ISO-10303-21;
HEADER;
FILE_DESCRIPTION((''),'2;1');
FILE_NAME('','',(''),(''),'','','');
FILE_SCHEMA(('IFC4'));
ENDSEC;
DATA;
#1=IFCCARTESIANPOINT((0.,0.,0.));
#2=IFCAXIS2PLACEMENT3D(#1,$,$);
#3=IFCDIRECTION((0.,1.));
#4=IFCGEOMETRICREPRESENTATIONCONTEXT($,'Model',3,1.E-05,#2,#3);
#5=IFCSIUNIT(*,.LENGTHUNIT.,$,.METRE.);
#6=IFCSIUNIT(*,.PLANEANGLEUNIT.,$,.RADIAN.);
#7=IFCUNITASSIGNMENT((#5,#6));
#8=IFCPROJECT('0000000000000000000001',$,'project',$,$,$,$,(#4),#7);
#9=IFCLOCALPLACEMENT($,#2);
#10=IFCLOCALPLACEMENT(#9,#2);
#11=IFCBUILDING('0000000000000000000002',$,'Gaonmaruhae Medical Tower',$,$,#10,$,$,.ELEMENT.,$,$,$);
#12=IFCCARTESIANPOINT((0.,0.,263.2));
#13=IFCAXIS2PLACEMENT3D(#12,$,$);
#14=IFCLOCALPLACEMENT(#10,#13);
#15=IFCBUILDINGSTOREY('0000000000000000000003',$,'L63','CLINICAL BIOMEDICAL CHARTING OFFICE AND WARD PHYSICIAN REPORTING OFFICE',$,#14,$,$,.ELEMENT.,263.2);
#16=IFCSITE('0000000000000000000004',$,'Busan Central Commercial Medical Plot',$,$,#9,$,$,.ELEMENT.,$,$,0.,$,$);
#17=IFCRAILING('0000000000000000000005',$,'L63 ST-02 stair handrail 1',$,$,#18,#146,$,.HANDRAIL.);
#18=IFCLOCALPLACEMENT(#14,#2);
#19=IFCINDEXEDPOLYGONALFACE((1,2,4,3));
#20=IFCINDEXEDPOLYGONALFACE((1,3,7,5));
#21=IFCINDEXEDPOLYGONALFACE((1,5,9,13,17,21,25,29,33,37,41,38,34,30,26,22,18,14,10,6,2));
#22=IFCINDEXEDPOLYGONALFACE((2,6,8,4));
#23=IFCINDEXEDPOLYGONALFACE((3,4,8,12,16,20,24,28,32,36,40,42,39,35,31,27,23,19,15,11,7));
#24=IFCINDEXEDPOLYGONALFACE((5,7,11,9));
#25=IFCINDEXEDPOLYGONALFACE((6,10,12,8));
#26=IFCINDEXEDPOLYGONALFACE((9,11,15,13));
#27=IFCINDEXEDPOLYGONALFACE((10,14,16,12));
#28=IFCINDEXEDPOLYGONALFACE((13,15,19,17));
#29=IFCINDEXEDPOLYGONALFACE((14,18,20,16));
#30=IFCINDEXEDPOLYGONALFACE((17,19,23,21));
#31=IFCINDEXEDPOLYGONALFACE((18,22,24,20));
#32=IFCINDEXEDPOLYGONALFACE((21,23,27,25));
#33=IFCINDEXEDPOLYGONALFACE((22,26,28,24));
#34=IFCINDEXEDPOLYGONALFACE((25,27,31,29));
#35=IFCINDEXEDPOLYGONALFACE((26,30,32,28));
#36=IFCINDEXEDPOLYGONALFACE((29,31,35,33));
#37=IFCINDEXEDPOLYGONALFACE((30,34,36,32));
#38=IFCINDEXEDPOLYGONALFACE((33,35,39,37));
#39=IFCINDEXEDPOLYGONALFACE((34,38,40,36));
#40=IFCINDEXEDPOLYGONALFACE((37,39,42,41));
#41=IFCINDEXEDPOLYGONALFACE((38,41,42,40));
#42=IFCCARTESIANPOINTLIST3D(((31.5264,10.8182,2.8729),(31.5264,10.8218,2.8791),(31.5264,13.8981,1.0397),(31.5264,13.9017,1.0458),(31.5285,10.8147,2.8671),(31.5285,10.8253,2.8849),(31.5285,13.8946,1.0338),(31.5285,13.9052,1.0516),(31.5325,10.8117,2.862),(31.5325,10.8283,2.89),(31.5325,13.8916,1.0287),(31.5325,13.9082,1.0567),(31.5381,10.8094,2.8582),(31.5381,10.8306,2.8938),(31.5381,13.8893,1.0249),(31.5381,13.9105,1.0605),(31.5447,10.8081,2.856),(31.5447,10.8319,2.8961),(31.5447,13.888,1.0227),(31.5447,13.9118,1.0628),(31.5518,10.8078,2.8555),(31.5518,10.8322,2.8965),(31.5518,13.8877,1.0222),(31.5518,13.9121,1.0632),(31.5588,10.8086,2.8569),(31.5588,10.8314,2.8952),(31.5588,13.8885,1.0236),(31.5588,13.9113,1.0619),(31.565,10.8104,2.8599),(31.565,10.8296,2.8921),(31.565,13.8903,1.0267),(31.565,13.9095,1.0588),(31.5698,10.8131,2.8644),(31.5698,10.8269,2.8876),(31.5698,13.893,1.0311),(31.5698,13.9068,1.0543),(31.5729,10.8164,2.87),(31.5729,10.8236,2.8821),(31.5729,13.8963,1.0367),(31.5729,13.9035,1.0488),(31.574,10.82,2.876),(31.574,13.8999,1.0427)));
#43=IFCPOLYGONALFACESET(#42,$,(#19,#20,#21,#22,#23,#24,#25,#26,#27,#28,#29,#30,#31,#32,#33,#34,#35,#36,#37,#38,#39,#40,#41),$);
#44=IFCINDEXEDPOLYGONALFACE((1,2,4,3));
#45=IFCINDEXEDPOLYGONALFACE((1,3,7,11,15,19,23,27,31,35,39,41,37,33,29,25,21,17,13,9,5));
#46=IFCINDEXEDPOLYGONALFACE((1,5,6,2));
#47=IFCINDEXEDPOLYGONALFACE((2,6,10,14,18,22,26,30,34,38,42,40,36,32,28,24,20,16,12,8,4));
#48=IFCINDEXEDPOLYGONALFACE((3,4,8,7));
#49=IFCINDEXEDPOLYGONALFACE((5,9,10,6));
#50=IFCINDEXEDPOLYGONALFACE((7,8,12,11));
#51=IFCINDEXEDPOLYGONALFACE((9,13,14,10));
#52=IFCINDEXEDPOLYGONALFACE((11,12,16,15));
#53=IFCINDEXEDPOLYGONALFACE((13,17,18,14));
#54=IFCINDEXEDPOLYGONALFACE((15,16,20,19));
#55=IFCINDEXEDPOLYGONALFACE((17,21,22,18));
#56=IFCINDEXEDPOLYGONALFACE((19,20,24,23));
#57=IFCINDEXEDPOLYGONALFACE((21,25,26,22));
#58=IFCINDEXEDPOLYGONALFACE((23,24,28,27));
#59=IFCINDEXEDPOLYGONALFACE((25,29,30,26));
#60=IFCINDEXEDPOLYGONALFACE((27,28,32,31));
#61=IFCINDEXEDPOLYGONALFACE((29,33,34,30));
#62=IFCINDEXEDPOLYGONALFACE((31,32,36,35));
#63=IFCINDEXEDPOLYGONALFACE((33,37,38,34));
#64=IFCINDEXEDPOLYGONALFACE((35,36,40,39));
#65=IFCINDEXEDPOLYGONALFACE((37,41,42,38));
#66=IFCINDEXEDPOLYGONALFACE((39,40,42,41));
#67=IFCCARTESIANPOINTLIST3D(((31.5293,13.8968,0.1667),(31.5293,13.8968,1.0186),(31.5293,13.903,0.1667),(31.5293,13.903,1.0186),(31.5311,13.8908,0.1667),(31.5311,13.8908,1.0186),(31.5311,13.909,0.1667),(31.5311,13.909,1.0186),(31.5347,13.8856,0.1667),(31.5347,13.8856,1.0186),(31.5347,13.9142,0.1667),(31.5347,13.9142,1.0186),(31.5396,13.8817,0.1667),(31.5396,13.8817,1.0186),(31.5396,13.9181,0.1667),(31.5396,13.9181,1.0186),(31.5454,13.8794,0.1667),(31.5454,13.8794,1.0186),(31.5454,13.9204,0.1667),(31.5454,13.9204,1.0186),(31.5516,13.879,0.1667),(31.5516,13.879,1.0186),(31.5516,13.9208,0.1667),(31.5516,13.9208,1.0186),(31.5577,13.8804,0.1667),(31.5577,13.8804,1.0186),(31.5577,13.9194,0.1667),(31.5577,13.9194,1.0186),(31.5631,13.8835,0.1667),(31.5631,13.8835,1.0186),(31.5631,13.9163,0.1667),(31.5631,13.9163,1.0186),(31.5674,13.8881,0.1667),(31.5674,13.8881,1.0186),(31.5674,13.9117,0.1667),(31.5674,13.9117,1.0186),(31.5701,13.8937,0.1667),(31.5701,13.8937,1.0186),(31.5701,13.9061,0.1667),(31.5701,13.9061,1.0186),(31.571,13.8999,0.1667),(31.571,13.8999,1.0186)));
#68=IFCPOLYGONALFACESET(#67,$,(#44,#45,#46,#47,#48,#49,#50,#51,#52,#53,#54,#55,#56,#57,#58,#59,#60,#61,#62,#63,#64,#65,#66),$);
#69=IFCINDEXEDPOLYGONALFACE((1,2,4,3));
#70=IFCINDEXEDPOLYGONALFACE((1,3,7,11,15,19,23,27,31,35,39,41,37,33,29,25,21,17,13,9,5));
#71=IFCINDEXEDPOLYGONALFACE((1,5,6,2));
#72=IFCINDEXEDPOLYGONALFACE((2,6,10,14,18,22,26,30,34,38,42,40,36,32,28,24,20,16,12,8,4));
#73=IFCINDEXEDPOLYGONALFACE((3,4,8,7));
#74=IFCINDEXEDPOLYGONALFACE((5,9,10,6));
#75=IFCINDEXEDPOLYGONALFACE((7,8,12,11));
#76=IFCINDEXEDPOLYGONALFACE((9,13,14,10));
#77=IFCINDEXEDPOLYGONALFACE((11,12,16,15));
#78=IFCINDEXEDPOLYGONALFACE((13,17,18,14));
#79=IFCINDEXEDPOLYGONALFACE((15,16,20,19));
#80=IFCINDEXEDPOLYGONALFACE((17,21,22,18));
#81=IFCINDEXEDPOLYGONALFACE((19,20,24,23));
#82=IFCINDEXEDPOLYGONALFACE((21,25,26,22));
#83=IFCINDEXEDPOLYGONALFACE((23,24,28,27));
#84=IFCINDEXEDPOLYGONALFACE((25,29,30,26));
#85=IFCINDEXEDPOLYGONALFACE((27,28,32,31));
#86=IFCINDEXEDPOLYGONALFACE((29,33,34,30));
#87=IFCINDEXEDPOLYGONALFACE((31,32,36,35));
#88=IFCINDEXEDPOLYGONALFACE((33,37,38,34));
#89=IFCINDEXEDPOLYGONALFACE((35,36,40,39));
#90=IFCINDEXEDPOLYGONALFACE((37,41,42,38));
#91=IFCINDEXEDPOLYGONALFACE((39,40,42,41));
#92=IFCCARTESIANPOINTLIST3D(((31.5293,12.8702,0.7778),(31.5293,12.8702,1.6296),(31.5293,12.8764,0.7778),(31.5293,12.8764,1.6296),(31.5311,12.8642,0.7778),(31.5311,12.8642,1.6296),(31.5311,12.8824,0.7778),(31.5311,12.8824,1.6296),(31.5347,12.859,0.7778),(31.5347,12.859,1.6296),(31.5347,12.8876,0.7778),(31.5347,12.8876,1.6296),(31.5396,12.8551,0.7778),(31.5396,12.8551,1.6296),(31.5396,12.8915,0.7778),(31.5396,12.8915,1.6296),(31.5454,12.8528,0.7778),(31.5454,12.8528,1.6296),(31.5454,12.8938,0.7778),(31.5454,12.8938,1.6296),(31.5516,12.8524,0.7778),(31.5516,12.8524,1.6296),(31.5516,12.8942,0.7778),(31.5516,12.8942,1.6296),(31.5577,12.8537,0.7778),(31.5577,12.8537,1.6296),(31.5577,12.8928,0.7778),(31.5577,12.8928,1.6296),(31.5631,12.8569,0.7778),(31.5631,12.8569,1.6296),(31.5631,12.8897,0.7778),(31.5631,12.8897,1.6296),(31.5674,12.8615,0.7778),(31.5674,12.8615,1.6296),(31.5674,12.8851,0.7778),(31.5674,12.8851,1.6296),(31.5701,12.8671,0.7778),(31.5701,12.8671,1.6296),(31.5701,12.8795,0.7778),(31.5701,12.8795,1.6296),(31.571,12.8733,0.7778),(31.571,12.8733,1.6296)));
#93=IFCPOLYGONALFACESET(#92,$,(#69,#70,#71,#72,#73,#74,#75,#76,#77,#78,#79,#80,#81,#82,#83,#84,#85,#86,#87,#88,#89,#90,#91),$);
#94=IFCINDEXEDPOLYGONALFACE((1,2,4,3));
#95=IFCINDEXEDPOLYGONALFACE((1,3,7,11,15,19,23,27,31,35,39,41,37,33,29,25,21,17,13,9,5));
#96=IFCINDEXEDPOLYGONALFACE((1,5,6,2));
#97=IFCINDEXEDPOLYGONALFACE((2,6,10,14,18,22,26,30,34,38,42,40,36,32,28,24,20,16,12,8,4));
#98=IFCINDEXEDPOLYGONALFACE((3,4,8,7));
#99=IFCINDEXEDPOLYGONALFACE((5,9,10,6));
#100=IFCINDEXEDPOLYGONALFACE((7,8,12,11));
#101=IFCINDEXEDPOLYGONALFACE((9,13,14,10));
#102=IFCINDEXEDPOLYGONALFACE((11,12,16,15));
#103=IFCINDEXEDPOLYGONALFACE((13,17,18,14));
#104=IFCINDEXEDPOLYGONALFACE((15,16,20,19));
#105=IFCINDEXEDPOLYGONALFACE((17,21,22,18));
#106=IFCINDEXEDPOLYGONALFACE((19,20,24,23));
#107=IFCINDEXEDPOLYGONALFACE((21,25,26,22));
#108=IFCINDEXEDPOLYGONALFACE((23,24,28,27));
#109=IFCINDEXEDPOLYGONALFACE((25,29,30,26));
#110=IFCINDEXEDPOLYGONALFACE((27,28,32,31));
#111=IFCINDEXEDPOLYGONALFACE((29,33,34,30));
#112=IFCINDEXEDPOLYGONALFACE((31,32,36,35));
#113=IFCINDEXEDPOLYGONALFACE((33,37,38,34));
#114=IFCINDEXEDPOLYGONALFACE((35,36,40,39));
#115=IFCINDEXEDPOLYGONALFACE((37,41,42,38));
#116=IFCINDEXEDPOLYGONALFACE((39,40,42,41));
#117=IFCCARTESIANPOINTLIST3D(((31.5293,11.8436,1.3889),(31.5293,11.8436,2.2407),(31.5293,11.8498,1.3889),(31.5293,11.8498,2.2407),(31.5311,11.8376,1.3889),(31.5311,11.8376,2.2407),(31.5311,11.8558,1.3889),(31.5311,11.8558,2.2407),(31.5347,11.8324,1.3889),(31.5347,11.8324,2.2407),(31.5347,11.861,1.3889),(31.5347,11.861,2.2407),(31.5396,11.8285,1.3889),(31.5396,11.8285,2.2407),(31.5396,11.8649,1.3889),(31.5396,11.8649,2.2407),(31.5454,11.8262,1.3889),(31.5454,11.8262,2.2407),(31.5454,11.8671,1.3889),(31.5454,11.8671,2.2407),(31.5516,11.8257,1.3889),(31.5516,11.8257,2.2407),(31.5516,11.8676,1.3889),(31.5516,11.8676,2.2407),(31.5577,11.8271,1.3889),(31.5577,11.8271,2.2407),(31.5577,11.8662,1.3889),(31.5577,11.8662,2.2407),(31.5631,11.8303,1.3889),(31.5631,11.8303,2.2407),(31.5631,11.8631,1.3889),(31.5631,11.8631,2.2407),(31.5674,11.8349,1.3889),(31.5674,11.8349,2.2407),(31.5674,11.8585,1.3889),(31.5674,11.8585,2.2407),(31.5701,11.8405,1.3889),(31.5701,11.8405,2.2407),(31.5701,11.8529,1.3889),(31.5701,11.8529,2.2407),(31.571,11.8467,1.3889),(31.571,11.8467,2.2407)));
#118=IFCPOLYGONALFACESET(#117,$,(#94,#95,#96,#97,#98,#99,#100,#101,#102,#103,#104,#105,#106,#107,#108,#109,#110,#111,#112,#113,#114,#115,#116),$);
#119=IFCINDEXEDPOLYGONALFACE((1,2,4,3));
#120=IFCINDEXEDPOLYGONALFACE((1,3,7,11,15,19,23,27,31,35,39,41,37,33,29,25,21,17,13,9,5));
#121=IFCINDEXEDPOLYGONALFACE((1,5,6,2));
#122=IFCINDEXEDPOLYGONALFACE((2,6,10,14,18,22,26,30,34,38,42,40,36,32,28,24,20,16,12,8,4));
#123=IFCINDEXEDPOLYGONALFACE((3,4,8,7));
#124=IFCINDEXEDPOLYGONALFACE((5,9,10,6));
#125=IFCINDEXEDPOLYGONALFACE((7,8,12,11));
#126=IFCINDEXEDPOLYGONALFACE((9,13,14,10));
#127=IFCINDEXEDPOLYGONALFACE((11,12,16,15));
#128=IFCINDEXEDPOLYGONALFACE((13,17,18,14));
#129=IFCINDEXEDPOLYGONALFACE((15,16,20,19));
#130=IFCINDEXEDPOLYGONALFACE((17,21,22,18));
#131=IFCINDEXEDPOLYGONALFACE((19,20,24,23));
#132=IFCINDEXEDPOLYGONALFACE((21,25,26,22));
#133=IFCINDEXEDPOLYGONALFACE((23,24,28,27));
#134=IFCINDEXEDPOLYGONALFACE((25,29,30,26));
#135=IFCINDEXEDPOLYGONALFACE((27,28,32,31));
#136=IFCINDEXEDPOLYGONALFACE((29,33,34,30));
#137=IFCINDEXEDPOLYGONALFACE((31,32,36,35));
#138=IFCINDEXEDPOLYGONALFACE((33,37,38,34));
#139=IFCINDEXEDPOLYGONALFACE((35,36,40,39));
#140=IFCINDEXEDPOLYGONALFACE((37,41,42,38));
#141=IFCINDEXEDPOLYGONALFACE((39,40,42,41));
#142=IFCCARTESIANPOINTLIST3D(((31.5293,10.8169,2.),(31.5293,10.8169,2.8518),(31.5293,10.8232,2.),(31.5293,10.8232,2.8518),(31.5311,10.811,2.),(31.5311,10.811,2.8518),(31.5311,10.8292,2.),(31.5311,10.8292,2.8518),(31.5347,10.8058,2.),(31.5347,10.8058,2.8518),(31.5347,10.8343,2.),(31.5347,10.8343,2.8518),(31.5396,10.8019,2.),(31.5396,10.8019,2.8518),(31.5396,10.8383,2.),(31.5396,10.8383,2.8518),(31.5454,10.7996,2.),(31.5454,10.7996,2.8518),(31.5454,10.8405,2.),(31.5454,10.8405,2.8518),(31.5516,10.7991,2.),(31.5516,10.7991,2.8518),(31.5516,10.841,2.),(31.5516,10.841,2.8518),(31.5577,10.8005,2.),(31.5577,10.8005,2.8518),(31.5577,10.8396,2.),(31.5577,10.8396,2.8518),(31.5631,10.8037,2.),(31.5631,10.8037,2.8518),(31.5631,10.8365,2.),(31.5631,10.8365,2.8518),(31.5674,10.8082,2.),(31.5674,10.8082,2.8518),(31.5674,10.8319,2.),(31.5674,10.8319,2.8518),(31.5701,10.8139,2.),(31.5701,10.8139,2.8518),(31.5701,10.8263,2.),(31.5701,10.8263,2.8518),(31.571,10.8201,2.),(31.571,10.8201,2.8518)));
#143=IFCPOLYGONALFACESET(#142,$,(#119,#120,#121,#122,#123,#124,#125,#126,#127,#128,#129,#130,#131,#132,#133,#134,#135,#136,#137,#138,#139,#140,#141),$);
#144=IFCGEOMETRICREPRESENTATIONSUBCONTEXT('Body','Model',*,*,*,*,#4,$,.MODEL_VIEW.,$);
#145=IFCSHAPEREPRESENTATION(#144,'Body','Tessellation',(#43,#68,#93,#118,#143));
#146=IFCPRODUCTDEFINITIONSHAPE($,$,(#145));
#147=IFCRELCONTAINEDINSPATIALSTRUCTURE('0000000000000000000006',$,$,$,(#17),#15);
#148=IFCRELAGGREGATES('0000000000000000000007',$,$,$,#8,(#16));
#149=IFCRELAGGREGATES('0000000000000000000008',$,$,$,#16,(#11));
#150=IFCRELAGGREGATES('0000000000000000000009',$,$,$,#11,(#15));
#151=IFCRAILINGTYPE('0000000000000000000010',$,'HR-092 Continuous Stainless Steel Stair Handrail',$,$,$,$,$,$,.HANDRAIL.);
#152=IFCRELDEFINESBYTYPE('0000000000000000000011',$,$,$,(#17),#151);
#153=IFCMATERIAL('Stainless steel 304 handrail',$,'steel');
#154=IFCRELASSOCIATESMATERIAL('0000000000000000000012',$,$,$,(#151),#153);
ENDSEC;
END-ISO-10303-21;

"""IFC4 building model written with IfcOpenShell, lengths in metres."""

from ifc_helpers import new_model, si_unit, direction, frame, origin, origin_2d, place, context, subcontext, project, spatial, circle, extrude, material, type_object, element, save


model = new_model("IFC4")

# Units and contexts
model_context = context("Model", 3, precision=1e-05, world=origin(), true_north=direction((0.0, 1.0)))
body_context = subcontext(model_context, "Body", "Model", "MODEL_VIEW")
ifc_project = project(units=[si_unit("LENGTHUNIT", "METRE"), si_unit("PLANEANGLEUNIT", "RADIAN")], contexts=[model_context])

# Site, building, storey
site_placement = place(None, origin())
site = spatial("IfcSite", under=ifc_project, at=site_placement, Name="Busan Central Commercial Medical Plot", CompositionType="ELEMENT", RefElevation=0.0)
building_placement = place(site_placement, origin())
building = spatial("IfcBuilding", under=site, at=building_placement, Name="Gaonmaruhae Medical Tower", CompositionType="ELEMENT")
storey_placement = place(building_placement, frame((0.0, 0.0, 263.2)))
storey = spatial("IfcBuildingStorey", under=building, at=storey_placement, Name="L63", Description="CLINICAL BIOMEDICAL CHARTING OFFICE AND WARD PHYSICIAN REPORTING OFFICE", CompositionType="ELEMENT", Elevation=263.2)

# Railing
ifc_material_1 = material(Name="Stainless steel 304 handrail", Category="steel")
railing_type_1 = type_object("IfcRailingType", Name="HR-092 Continuous Stainless Steel Stair Handrail", PredefinedType="HANDRAIL", material=ifc_material_1)
railing_1_placement = place(storey_placement, frame((31.55, 13.8999, 0.1667)))
element("IfcRailing", 1, at=railing_1_placement, inside=storey, type_object=railing_type_1, Name="L63 ST-02 stair handrail 1", PredefinedType="HANDRAIL", context=body_context, shape_type="SweptSolid", body=[
    extrude(circle(Radius=0.0239, at=origin_2d()), frame((0.0, 0.0, 0.876), z_axis=(0.0, -0.859291, 0.511487), x_axis=(1.0, 0.0, 0.0)), (0.0, 0.0, 1.0), 3.5842),
    extrude(circle(Radius=0.021, at=origin_2d()), origin(), (0.0, 0.0, 1.0), 0.8518),
    extrude(circle(Radius=0.021, at=origin_2d()), frame((0.0, -1.0266, 0.6111)), (0.0, 0.0, 1.0), 0.8518),
    extrude(circle(Radius=0.021, at=origin_2d()), frame((0.0, -2.0532, 1.2222)), (0.0, 0.0, 1.0), 0.8518),
    extrude(circle(Radius=0.021, at=origin_2d()), frame((0.0, -3.0798, 1.8333)), (0.0, 0.0, 1.0), 0.8518),
])

save(model, "model.ifc")
